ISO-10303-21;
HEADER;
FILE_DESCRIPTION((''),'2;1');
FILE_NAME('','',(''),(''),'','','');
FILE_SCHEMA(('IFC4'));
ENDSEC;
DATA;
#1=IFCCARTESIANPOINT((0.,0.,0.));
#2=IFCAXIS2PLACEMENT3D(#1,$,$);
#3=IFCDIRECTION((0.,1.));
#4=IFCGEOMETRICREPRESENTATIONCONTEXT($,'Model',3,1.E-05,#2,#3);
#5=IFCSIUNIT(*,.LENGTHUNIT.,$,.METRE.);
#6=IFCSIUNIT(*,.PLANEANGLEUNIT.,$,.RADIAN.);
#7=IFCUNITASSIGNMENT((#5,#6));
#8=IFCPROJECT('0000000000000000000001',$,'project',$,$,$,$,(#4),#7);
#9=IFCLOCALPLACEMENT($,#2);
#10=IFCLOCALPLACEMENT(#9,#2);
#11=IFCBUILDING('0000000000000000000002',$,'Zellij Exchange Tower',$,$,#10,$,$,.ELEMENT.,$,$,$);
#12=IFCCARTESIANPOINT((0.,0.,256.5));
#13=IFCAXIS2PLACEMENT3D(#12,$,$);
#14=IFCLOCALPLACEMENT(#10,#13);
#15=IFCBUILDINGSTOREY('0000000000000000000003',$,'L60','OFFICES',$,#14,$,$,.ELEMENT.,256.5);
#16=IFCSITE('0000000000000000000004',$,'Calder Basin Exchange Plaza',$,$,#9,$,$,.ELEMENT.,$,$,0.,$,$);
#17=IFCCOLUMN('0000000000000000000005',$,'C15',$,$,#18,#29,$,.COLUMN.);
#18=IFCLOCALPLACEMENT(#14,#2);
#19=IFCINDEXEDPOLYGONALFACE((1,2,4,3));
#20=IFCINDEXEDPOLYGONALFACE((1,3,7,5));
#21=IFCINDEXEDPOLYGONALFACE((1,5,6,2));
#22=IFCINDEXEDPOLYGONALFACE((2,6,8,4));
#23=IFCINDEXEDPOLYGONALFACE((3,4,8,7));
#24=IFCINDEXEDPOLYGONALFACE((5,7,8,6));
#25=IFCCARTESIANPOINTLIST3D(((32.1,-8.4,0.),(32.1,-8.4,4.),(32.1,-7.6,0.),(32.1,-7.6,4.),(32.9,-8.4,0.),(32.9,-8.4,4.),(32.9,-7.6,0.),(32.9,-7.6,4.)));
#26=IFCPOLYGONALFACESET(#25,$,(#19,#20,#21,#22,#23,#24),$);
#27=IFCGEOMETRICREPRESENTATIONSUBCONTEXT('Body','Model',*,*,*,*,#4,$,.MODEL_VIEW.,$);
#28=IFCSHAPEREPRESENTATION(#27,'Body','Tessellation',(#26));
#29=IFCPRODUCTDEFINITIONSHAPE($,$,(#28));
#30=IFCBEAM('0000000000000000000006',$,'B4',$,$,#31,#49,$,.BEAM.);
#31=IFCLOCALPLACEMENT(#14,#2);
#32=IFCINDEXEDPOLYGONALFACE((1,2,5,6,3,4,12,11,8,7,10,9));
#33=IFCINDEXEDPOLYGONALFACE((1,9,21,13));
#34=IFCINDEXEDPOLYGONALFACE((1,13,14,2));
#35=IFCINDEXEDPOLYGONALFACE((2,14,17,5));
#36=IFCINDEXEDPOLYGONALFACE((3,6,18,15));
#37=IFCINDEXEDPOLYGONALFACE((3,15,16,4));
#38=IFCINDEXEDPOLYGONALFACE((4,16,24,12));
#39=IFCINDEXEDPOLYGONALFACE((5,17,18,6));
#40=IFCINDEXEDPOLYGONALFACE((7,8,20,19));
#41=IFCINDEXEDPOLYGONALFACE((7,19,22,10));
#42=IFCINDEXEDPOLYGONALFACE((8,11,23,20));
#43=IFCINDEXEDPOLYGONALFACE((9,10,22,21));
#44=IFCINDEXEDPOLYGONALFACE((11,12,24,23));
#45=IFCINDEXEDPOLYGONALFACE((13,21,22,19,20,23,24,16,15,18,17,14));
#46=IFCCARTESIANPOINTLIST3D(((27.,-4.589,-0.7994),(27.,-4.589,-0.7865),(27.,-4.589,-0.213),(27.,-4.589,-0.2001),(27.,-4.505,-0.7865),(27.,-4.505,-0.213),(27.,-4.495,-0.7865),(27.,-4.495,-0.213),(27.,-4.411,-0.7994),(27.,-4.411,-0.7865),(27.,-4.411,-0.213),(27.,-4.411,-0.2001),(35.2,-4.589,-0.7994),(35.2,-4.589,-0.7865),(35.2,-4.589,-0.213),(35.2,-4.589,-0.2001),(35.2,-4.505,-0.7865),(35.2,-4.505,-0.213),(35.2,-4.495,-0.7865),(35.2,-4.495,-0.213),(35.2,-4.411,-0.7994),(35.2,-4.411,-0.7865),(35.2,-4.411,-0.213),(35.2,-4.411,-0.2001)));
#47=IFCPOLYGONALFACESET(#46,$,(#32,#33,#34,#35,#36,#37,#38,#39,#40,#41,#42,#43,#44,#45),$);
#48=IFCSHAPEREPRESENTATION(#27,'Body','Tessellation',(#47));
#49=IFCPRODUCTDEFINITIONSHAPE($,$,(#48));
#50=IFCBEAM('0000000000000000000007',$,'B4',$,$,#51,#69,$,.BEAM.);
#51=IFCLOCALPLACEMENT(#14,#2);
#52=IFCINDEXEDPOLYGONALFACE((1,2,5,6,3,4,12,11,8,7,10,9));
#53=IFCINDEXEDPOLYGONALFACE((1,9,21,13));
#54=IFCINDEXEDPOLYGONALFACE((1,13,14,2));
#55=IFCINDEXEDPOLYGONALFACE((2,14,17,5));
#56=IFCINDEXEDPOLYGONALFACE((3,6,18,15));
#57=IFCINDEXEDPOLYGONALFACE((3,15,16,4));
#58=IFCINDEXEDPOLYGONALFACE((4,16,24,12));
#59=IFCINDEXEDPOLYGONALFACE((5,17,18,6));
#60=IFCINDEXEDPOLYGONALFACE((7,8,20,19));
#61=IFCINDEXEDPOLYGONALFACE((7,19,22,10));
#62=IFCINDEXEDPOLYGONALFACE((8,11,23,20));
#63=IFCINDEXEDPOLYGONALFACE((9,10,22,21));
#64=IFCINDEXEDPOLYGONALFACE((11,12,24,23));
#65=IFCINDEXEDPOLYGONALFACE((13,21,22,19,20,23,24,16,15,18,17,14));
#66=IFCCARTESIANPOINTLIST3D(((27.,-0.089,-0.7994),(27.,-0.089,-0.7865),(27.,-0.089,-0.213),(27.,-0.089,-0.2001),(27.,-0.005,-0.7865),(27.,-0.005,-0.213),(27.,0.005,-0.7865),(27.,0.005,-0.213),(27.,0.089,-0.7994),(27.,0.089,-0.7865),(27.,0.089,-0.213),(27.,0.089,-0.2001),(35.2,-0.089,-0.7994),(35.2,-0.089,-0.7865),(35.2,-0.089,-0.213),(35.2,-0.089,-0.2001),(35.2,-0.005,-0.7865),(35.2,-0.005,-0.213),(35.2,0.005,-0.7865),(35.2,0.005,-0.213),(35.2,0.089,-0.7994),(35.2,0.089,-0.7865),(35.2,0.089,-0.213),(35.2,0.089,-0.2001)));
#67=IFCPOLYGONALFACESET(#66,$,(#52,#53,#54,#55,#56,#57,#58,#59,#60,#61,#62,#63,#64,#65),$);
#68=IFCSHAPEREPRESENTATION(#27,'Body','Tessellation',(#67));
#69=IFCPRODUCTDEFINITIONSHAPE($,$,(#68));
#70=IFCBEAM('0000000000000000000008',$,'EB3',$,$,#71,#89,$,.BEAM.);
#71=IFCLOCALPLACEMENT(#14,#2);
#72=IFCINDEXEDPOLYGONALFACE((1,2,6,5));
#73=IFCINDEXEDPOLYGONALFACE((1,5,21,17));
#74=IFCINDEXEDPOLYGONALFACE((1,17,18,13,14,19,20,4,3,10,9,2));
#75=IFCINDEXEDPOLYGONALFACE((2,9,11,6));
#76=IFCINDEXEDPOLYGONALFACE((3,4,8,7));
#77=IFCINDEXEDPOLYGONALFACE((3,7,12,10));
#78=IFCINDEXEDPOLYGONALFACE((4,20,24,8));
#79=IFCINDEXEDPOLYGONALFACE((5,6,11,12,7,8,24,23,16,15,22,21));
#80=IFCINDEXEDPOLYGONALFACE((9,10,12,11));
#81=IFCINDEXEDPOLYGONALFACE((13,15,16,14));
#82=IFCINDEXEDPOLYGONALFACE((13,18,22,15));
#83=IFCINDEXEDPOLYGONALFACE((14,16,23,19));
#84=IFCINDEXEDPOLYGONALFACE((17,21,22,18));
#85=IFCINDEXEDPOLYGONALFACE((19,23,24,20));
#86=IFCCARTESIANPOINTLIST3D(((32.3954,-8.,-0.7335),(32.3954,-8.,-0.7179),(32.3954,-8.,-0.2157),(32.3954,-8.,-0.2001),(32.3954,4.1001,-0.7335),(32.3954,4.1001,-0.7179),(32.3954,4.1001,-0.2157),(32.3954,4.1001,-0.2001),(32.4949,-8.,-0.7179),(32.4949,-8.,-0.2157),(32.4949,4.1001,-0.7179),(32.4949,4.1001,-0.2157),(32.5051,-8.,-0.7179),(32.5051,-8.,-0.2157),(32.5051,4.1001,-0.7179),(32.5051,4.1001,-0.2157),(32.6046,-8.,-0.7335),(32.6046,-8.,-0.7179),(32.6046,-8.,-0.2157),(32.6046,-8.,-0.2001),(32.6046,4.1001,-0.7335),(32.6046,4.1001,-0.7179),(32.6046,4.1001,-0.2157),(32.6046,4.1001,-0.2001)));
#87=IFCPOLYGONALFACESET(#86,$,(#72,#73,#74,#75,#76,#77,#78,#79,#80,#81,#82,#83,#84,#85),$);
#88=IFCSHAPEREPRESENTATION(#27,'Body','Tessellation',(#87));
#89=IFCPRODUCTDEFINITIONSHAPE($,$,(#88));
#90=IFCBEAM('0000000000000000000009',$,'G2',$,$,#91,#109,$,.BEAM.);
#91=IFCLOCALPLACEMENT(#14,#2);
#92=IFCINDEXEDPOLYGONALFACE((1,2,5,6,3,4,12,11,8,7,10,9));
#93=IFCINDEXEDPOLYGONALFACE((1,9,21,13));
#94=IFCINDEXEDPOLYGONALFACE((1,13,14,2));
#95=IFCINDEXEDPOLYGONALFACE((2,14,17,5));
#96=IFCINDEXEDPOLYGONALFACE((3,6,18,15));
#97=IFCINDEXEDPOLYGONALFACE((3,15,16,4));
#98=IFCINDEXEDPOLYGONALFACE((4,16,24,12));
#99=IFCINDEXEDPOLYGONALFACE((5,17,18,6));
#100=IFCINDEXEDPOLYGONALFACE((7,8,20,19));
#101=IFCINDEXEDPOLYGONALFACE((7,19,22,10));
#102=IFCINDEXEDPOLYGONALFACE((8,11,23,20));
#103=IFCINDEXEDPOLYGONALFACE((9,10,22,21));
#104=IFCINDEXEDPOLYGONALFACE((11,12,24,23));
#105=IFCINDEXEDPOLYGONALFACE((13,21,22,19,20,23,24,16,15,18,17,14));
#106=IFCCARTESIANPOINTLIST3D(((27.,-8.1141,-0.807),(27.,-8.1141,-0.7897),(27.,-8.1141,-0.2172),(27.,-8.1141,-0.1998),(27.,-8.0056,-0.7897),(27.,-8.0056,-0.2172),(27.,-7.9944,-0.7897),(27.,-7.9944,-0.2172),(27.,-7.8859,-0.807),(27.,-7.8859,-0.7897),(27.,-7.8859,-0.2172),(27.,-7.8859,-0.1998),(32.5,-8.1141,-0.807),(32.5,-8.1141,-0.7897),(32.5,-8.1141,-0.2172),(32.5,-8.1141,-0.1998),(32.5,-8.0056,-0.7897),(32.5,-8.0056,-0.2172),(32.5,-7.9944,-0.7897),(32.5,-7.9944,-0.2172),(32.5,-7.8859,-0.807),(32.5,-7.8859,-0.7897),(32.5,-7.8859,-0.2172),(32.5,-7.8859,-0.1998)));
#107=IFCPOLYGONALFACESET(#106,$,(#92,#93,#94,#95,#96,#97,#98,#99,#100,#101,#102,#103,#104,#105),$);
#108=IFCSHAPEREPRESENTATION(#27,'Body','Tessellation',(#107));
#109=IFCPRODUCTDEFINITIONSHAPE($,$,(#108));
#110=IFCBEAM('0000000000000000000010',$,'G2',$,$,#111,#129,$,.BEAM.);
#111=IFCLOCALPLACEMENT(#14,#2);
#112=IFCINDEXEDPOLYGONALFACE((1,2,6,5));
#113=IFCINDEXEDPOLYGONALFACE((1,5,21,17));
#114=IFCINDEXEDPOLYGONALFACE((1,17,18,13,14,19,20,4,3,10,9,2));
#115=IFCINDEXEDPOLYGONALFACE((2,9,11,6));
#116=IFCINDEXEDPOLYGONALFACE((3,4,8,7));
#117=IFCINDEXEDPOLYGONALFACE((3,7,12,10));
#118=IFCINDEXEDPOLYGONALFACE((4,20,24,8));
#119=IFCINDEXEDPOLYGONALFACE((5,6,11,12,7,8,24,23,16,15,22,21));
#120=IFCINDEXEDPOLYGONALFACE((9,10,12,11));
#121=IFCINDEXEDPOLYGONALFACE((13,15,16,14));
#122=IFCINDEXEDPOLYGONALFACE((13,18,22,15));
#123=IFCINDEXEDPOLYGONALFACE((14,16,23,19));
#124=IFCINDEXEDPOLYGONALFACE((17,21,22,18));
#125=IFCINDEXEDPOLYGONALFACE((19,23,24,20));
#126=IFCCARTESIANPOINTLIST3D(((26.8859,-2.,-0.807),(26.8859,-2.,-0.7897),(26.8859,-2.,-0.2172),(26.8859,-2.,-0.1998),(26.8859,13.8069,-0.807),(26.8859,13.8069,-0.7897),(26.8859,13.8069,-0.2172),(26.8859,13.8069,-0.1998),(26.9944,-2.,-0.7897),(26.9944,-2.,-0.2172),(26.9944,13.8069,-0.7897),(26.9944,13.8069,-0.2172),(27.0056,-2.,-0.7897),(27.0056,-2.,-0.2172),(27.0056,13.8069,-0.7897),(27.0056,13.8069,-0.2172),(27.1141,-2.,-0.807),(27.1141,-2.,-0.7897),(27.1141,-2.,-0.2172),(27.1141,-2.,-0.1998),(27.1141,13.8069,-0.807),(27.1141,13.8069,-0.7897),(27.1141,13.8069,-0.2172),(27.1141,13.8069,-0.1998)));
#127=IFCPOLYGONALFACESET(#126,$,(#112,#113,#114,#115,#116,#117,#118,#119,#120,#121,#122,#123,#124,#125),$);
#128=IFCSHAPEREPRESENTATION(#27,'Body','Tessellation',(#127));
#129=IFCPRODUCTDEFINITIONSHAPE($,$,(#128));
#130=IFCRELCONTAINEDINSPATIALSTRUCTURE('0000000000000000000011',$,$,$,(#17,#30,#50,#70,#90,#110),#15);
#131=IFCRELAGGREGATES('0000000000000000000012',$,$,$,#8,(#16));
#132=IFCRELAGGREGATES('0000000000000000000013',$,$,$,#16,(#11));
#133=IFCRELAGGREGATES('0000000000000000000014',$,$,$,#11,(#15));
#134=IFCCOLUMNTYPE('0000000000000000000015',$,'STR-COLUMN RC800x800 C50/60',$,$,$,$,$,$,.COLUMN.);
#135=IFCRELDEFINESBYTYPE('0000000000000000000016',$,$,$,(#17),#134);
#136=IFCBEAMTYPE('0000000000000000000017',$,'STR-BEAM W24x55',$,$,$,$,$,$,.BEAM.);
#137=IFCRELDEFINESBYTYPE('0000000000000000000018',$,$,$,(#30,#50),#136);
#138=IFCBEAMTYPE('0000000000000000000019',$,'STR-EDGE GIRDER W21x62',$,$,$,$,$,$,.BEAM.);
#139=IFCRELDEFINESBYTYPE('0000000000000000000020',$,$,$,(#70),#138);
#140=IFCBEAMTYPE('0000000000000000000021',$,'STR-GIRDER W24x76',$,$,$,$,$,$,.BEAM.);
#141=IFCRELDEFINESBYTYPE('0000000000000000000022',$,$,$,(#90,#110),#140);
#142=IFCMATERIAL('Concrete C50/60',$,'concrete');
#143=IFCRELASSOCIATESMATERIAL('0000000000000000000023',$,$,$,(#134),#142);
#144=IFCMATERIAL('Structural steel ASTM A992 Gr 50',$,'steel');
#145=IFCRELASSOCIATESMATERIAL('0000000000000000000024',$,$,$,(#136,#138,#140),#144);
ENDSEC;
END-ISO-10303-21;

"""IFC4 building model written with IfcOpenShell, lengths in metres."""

from ifc_helpers import new_model, si_unit, direction, frame, origin, origin_2d, place, context, subcontext, project, spatial, rectangle, i_section, extrude, material, material_profile, profile_set, type_object, element, save


model = new_model("IFC4")

# Units and contexts
model_context = context("Model", 3, precision=1e-05, world=origin(), true_north=direction((0.0, 1.0)))
body_context = subcontext(model_context, "Body", "Model", "MODEL_VIEW")
ifc_project = project(units=[si_unit("LENGTHUNIT", "METRE"), si_unit("PLANEANGLEUNIT", "RADIAN")], contexts=[model_context])

# Site, building, storey
site_placement = place(None, origin())
site = spatial("IfcSite", under=ifc_project, at=site_placement, Name="Calder Basin Exchange Plaza", CompositionType="ELEMENT", RefElevation=0.0)
building_placement = place(site_placement, origin())
building = spatial("IfcBuilding", under=site, at=building_placement, Name="Zellij Exchange Tower", CompositionType="ELEMENT")
storey_placement = place(building_placement, frame((0.0, 0.0, 256.5)))
storey = spatial("IfcBuildingStorey", under=building, at=storey_placement, Name="L60", Description="OFFICES", CompositionType="ELEMENT", Elevation=256.5)

# Column
ifc_material_1 = material(Name="Concrete C50/60", Category="concrete")
ifc_material_profile_1 = material_profile(ifc_material_1, rectangle(XDim=0.8, YDim=0.8, at=origin_2d()), Name="STR-COLUMN RC800x800 C50/60")
ifc_profile_set_1 = profile_set([ifc_material_profile_1], Name="Concrete C50/60")
column_type = type_object("IfcColumnType", Name="STR-COLUMN RC800x800 C50/60", PredefinedType="COLUMN", material=ifc_profile_set_1)
column_placement = place(storey_placement, frame((32.5, -8.0, 0.0), z_axis=(0.0, 0.0, 1.0), x_axis=(1.0, 0.0, 0.0)))
element("IfcColumn", 1, at=column_placement, inside=storey, type_object=column_type, Name="C15", PredefinedType="COLUMN", context=body_context, shape_type="SweptSolid", body=[
    extrude(rectangle(XDim=0.8, YDim=0.8, at=origin_2d()), origin(), (0.0, 0.0, 1.0), 4.0),
])

# Beams
ifc_material_2 = material(Name="Structural steel ASTM A992 Gr 50", Category="steel")
ifc_material_profile_2 = material_profile(ifc_material_2, i_section(OverallWidth=0.178, OverallDepth=0.5994, WebThickness=0.01, FlangeThickness=0.0129, at=origin_2d()), Name="W24x55")
ifc_profile_set_2 = profile_set([ifc_material_profile_2], Name="Structural steel ASTM A992 Gr 50")
beam_type_1 = type_object("IfcBeamType", Name="STR-BEAM W24x55", PredefinedType="BEAM", material=ifc_profile_set_2)
for number, where, z_axis, x_axis, name in (
    (2, (27.0, -4.5, -0.4998), (1.0, 0.0, 0.0), (0.0, 1.0, 0.0), "B4"),
    (3, (27.0, 0.0, -0.4998), (1.0, 0.0, 0.0), (0.0, 1.0, 0.0), "B4"),
):
    element("IfcBeam", number, at=place(storey_placement, frame(where, z_axis=z_axis, x_axis=x_axis)), inside=storey, type_object=beam_type_1, Name=name, PredefinedType="BEAM", context=body_context, shape_type="SweptSolid", body=[
        extrude(i_section(OverallWidth=0.178, OverallDepth=0.5994, WebThickness=0.01, FlangeThickness=0.0129, at=origin_2d()), origin(), (0.0, 0.0, 1.0), 8.2),
    ])
ifc_material_profile_3 = material_profile(ifc_material_2, i_section(OverallWidth=0.2092, OverallDepth=0.5334, WebThickness=0.0103, FlangeThickness=0.0156, at=origin_2d()), Name="W21x62")
ifc_profile_set_3 = profile_set([ifc_material_profile_3], Name="Structural steel ASTM A992 Gr 50")
beam_type_2 = type_object("IfcBeamType", Name="STR-EDGE GIRDER W21x62", PredefinedType="BEAM", material=ifc_profile_set_3)
beam_1_placement = place(storey_placement, frame((32.5, -8.0, -0.4668), z_axis=(0.0, 1.0, 0.0), x_axis=(-1.0, 0.0, 0.0)))
element("IfcBeam", 4, at=beam_1_placement, inside=storey, type_object=beam_type_2, Name="EB3", PredefinedType="BEAM", context=body_context, shape_type="SweptSolid", body=[
    extrude(i_section(OverallWidth=0.2092, OverallDepth=0.5334, WebThickness=0.0103, FlangeThickness=0.0156, at=origin_2d()), origin(), (0.0, 0.0, 1.0), 12.1001),
])
ifc_material_profile_4 = material_profile(ifc_material_2, i_section(OverallWidth=0.2283, OverallDepth=0.6072, WebThickness=0.0112, FlangeThickness=0.0173, at=origin_2d()), Name="W24x76")
ifc_profile_set_4 = profile_set([ifc_material_profile_4], Name="Structural steel ASTM A992 Gr 50")
beam_type_3 = type_object("IfcBeamType", Name="STR-GIRDER W24x76", PredefinedType="BEAM", material=ifc_profile_set_4)
beam_2_placement = place(storey_placement, frame((27.0, -8.0, -0.5034), z_axis=(1.0, 0.0, 0.0), x_axis=(0.0, 1.0, 0.0)))
element("IfcBeam", 5, at=beam_2_placement, inside=storey, type_object=beam_type_3, Name="G2", PredefinedType="BEAM", context=body_context, shape_type="SweptSolid", body=[
    extrude(i_section(OverallWidth=0.2283, OverallDepth=0.6072, WebThickness=0.0112, FlangeThickness=0.0173, at=origin_2d()), origin(), (0.0, 0.0, 1.0), 5.5),
])
beam_3_placement = place(storey_placement, frame((27.0, -2.0, -0.5034), z_axis=(0.0, 1.0, 0.0), x_axis=(-1.0, 0.0, 0.0)))
element("IfcBeam", 6, at=beam_3_placement, inside=storey, type_object=beam_type_3, Name="G2", PredefinedType="BEAM", context=body_context, shape_type="SweptSolid", body=[
    extrude(i_section(OverallWidth=0.2283, OverallDepth=0.6072, WebThickness=0.0112, FlangeThickness=0.0173, at=origin_2d()), origin(), (0.0, 0.0, 1.0), 15.8069),
])

save(model, "model.ifc")
